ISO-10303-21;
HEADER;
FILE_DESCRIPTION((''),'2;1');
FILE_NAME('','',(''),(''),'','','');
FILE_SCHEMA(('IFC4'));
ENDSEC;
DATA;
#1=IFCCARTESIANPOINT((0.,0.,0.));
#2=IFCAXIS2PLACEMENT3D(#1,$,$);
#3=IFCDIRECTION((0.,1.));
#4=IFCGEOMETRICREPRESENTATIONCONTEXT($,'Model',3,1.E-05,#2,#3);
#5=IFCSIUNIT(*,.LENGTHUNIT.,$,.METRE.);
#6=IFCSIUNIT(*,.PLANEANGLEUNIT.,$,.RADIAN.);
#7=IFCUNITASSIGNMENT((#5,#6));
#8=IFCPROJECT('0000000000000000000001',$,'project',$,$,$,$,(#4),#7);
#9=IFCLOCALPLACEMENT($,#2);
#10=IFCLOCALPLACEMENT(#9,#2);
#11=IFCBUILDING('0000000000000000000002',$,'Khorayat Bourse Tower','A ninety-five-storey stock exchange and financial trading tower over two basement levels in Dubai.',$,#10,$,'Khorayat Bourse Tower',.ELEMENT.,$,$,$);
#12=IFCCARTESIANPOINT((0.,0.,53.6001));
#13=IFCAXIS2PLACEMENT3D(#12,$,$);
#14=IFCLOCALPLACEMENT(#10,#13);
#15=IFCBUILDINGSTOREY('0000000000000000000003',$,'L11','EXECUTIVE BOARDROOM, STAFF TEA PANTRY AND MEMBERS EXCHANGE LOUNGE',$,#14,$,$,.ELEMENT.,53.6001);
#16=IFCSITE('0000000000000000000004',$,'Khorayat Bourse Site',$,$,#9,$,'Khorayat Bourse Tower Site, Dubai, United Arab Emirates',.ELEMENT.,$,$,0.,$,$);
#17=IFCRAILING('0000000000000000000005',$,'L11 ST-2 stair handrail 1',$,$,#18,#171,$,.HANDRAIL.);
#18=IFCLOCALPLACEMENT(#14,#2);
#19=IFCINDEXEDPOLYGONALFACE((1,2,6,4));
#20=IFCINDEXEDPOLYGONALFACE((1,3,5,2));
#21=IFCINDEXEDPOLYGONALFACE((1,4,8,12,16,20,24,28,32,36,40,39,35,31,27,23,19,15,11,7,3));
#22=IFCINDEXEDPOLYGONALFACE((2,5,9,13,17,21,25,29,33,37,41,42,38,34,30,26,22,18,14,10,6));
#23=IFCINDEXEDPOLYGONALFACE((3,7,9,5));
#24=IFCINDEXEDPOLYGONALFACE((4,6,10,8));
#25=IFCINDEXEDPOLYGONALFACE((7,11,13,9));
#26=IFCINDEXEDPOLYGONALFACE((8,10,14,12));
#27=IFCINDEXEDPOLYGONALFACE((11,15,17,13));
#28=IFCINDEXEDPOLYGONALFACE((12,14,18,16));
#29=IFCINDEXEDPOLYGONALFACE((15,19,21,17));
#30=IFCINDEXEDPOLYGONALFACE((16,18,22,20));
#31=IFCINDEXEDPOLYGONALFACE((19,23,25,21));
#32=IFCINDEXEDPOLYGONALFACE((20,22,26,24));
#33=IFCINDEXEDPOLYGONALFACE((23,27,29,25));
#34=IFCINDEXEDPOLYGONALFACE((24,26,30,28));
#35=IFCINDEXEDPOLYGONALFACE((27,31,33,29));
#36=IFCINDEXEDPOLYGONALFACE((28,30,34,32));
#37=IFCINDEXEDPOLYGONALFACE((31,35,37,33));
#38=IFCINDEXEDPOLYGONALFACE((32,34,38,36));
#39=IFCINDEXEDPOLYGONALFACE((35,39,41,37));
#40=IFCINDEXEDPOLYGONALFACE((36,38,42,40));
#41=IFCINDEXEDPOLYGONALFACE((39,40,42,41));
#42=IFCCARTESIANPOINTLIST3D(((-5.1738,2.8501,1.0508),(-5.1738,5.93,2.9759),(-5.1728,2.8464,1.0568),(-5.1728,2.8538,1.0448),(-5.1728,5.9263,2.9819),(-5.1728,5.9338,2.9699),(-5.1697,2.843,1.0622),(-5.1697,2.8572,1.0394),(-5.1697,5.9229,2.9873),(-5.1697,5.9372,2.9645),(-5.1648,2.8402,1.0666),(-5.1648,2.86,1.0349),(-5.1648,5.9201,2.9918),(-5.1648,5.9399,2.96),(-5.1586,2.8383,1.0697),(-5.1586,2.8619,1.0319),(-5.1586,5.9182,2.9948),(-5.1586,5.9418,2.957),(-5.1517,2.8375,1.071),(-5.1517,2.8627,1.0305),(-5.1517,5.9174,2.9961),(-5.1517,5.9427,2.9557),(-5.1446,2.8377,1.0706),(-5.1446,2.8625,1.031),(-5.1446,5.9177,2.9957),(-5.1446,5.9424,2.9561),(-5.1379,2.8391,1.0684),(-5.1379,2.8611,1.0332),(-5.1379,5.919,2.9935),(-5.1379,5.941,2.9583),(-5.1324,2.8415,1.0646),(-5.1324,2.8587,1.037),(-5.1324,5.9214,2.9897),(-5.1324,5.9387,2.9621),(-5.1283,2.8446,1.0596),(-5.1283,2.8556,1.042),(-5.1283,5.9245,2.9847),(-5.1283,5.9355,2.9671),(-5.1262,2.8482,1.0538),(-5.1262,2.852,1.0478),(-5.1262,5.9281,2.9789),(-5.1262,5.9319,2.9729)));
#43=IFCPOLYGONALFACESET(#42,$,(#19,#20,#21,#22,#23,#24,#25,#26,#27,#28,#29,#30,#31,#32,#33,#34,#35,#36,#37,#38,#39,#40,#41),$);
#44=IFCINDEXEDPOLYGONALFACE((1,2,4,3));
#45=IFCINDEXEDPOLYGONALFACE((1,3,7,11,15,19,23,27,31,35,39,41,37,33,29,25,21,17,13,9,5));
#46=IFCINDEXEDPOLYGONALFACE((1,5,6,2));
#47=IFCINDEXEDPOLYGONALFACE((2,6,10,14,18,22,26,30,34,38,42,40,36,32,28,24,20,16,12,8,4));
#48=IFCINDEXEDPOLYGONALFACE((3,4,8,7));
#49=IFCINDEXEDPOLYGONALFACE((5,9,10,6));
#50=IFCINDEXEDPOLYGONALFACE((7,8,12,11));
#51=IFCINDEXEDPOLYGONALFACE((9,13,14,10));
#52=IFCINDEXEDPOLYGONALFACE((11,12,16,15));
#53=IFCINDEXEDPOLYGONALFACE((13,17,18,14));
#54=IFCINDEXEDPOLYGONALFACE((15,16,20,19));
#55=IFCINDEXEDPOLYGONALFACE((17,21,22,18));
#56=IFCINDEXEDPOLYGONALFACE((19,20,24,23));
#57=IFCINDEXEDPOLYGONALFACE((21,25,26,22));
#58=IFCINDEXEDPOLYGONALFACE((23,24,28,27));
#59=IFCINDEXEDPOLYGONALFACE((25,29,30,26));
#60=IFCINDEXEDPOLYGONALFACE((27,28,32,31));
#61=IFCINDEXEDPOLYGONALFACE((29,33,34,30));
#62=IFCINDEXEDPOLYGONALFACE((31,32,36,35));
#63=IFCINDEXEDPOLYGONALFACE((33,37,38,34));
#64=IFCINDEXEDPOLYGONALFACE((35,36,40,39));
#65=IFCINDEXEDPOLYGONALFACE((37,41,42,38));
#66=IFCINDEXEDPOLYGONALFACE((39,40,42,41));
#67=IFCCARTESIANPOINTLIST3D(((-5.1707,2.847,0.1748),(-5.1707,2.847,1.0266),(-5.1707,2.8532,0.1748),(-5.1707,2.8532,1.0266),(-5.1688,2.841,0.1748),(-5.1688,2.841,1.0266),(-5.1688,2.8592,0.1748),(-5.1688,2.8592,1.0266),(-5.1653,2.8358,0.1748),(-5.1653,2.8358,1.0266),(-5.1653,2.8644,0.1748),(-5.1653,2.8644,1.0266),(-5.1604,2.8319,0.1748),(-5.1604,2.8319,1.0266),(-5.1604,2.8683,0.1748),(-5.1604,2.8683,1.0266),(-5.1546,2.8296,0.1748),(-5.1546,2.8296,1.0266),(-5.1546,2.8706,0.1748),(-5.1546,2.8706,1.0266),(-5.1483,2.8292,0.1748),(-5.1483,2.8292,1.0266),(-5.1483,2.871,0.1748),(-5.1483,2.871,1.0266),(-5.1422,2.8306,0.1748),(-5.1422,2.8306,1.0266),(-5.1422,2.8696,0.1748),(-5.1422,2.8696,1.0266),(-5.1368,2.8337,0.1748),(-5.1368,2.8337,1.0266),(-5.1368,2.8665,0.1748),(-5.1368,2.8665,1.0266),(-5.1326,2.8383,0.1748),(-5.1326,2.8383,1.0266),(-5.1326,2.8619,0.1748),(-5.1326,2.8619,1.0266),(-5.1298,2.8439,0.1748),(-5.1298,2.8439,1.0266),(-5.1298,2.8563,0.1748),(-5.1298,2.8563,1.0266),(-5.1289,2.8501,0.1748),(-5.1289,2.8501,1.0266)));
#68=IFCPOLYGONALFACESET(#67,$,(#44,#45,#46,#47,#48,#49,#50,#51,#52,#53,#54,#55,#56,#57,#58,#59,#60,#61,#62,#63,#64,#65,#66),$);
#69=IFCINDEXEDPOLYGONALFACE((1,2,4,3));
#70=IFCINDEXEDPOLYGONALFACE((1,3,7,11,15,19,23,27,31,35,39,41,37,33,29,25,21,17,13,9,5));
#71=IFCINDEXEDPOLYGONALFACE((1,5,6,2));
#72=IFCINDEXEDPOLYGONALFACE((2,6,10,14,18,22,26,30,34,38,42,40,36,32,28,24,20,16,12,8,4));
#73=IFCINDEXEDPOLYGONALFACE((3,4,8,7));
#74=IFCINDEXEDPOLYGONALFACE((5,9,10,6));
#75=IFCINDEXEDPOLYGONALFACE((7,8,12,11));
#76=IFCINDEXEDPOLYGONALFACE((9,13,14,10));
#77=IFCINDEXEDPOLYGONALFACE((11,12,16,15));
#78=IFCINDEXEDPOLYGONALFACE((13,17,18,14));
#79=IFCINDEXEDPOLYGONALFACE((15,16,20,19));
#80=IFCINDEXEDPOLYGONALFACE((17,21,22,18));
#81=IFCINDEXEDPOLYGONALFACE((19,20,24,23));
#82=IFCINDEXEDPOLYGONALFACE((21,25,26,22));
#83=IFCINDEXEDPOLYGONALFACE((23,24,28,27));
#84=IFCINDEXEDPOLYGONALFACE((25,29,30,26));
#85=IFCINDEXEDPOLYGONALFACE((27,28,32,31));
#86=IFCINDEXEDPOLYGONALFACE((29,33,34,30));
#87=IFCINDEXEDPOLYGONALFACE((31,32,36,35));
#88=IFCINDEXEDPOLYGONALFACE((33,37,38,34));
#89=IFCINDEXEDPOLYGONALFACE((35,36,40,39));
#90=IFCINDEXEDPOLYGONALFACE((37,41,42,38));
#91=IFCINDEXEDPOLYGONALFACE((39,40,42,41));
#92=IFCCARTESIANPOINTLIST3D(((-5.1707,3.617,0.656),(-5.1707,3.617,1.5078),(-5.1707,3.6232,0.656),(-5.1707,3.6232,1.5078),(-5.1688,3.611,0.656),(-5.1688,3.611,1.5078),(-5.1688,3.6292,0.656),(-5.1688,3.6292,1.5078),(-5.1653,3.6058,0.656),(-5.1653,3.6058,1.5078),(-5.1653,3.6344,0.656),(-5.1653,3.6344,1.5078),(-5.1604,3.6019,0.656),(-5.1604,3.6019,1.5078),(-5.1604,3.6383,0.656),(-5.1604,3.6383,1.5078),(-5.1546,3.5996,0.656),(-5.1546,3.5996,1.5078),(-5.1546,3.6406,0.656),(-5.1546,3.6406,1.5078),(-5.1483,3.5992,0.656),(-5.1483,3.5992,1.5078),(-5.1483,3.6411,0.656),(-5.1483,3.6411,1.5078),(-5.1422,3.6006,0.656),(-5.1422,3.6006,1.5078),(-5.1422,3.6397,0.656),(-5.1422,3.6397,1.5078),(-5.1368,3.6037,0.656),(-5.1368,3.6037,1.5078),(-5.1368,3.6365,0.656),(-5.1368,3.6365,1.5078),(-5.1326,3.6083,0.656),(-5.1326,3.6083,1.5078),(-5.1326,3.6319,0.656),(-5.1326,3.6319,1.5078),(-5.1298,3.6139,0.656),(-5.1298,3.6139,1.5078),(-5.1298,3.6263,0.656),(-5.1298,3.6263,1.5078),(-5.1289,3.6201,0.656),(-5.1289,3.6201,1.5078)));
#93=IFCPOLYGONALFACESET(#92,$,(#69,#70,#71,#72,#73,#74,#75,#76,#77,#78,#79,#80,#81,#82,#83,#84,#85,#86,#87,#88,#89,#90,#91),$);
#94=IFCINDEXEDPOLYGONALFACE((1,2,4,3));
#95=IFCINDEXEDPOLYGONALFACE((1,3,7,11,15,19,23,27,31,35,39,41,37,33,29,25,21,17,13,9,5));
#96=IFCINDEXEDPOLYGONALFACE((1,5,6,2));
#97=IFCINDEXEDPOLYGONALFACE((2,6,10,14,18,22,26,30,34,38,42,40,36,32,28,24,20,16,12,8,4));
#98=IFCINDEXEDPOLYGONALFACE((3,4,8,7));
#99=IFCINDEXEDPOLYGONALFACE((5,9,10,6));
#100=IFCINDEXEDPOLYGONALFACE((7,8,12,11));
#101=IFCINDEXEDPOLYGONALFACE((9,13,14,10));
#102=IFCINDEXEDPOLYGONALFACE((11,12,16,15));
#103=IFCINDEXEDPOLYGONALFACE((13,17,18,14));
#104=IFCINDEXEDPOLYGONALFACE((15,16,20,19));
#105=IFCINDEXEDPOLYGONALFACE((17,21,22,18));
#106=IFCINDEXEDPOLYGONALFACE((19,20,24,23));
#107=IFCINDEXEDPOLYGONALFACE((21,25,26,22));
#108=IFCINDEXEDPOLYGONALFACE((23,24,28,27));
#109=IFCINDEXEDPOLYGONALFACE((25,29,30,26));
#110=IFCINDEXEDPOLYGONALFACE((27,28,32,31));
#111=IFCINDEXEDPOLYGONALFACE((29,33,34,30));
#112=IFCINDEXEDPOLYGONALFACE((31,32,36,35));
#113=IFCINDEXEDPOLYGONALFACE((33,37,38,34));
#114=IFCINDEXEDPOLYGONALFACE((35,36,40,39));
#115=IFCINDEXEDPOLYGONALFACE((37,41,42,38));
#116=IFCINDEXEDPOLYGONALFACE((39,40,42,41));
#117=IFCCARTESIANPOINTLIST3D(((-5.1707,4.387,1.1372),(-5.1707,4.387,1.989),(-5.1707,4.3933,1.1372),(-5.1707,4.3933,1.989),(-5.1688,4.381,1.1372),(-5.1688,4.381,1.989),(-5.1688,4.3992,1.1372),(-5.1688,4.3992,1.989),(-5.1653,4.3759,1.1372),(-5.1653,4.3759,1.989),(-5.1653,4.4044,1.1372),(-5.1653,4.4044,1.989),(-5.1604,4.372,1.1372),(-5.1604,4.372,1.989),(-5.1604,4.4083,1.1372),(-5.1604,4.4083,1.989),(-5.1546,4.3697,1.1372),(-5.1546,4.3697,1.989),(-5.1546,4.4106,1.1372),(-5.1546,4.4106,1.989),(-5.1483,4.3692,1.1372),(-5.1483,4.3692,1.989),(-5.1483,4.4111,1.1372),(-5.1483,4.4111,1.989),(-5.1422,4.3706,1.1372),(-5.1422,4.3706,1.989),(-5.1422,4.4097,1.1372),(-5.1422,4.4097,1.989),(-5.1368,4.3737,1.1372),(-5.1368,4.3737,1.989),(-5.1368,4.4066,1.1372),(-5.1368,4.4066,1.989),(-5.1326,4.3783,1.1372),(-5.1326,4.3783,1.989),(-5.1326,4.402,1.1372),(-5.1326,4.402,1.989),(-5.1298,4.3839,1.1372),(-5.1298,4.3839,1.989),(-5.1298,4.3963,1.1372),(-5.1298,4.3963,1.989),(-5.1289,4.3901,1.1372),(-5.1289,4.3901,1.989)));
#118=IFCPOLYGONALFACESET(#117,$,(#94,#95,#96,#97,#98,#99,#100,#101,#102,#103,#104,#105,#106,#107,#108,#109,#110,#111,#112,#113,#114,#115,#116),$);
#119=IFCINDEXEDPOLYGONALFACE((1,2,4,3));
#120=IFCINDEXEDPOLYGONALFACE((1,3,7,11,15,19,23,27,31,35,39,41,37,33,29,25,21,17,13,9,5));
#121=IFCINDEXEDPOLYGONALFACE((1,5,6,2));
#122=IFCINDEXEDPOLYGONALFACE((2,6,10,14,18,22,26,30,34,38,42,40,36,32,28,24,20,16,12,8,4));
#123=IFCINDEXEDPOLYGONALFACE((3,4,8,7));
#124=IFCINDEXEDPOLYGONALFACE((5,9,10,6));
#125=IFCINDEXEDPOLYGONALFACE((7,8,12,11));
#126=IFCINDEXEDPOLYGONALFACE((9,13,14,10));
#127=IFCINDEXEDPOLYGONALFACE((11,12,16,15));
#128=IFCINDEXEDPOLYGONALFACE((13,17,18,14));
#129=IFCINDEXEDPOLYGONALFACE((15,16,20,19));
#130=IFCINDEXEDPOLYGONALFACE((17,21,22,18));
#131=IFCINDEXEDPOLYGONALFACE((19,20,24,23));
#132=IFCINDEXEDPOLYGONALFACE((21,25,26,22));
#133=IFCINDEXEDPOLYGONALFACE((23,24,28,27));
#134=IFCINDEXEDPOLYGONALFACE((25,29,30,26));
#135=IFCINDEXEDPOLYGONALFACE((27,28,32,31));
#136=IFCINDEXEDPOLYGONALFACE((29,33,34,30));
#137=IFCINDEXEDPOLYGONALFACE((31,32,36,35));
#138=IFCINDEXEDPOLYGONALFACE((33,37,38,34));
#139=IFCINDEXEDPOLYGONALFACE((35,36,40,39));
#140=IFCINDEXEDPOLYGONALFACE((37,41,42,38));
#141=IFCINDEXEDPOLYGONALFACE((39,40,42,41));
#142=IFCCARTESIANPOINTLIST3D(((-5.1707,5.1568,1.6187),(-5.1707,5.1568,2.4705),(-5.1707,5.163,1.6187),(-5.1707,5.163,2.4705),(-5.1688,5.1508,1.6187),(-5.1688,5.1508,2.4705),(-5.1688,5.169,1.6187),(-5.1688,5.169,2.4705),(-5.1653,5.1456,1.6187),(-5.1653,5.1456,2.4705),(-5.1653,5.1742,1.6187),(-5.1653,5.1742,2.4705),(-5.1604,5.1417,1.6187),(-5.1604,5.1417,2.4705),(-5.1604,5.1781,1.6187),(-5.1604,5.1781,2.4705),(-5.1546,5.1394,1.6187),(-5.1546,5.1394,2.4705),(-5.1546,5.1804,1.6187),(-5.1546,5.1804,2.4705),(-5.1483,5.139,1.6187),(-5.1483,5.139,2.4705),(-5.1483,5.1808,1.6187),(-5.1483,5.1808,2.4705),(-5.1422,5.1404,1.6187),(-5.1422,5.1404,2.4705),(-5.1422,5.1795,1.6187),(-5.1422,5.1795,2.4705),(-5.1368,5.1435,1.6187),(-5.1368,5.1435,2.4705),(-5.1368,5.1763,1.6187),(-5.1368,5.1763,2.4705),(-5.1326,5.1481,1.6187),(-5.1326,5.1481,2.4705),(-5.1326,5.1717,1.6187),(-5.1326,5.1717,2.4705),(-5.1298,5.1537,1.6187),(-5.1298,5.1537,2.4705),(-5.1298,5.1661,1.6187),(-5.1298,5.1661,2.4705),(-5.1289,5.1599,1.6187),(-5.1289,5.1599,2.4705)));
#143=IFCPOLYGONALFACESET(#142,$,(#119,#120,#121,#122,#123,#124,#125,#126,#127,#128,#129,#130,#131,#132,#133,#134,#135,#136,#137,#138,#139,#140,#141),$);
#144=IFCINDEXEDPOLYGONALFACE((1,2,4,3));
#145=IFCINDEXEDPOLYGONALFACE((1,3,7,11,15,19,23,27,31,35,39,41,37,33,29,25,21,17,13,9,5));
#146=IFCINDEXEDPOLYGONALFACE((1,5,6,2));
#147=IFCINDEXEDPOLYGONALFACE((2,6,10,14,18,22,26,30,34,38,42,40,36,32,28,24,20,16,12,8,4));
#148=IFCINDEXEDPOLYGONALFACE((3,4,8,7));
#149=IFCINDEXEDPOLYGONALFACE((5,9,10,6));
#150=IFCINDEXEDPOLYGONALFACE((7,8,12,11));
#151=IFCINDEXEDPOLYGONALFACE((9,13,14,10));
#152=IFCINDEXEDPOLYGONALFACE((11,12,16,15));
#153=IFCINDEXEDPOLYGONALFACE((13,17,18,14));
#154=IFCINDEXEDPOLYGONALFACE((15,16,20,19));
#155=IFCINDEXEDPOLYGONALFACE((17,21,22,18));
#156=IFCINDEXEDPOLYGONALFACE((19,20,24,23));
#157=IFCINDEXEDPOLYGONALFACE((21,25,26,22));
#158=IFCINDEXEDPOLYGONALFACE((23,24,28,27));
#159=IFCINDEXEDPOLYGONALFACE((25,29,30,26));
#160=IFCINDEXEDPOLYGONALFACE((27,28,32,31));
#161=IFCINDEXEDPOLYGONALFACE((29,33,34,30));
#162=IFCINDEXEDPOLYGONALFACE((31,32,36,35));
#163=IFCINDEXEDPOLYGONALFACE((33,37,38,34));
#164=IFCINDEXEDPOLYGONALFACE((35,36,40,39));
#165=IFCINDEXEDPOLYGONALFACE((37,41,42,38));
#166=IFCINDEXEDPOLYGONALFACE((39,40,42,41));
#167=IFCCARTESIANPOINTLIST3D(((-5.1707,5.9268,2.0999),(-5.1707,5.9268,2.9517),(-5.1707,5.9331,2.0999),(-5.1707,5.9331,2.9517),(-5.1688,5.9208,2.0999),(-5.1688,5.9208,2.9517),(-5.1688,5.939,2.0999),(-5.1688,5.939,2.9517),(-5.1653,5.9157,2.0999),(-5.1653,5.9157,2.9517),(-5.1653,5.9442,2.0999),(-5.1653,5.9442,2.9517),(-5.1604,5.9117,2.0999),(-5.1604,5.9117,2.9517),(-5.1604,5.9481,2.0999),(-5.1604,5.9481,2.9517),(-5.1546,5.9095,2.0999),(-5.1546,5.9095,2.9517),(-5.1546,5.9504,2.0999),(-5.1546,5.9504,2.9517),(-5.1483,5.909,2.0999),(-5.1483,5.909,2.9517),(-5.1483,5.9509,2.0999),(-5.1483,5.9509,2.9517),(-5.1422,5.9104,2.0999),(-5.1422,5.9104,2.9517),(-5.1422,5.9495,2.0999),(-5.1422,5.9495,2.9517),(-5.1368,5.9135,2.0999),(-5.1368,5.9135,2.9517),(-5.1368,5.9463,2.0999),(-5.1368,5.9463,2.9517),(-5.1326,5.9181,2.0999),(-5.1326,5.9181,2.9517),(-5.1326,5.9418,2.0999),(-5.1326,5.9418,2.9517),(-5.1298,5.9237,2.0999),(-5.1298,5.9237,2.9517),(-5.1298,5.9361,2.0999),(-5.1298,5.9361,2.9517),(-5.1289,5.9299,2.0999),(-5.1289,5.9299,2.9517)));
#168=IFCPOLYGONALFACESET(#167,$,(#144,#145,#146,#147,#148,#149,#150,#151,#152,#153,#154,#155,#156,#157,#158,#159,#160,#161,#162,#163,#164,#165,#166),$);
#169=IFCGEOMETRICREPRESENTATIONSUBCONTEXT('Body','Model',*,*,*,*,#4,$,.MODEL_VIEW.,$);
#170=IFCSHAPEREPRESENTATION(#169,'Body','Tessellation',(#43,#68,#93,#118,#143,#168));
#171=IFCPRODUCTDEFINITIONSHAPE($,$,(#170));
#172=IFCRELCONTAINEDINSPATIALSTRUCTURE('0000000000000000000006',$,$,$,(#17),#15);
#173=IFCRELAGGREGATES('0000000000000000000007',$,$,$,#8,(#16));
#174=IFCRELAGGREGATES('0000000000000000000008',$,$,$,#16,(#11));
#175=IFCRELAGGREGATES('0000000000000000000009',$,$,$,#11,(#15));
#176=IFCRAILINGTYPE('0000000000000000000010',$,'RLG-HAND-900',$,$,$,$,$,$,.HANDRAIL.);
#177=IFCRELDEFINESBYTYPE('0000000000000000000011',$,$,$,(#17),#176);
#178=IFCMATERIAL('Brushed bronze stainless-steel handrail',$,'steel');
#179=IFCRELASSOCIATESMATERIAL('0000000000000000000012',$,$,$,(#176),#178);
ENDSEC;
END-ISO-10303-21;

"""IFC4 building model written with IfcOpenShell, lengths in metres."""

from ifc_helpers import new_model, si_unit, direction, frame, origin, origin_2d, place, context, subcontext, project, spatial, circle, extrude, source, transform, mapped, material, type_object, element, save


model = new_model("IFC4")

# Units and contexts
model_context = context("Model", 3, precision=1e-05, world=origin(), true_north=direction((0.0, 1.0)))
body_context = subcontext(model_context, "Body", "Model", "MODEL_VIEW")
ifc_project = project(units=[si_unit("LENGTHUNIT", "METRE"), si_unit("PLANEANGLEUNIT", "RADIAN")], contexts=[model_context])

# Site, building, storey
site_placement = place(None, origin())
site = spatial("IfcSite", under=ifc_project, at=site_placement, Name="Khorayat Bourse Site", LongName="Khorayat Bourse Tower Site, Dubai, United Arab Emirates", CompositionType="ELEMENT", RefElevation=0.0)
building_placement = place(site_placement, origin())
building = spatial("IfcBuilding", under=site, at=building_placement, Name="Khorayat Bourse Tower", Description="A ninety-five-storey stock exchange and financial trading tower over two basement levels in Dubai.", LongName="Khorayat Bourse Tower", CompositionType="ELEMENT")
storey_placement = place(building_placement, frame((0.0, 0.0, 53.6001)))
storey = spatial("IfcBuildingStorey", under=building, at=storey_placement, Name="L11", Description="EXECUTIVE BOARDROOM, STAFF TEA PANTRY AND MEMBERS EXCHANGE LOUNGE", CompositionType="ELEMENT", Elevation=53.6001)

# Railing
ifc_material_1 = material(Name="Brushed bronze stainless-steel handrail", Category="steel")
railing_type_1 = type_object("IfcRailingType", Name="RLG-HAND-900", PredefinedType="HANDRAIL", material=ifc_material_1)
shared_shape_1 = source(origin(), body_context, "Body", "SweptSolid", [
    extrude(circle(Radius=0.0239, at=origin_2d()), frame((0.0, 0.0, 0.876), z_axis=(0.0, 0.847979, 0.530029), x_axis=(-1.0, 0.0, 0.0)), (0.0, 0.0, 1.0), 3.6321),
    extrude(circle(Radius=0.021, at=origin_2d()), origin(), (0.0, 0.0, 1.0), 0.8518),
    extrude(circle(Radius=0.021, at=origin_2d()), frame((0.0, 0.77, 0.4812)), (0.0, 0.0, 1.0), 0.8518),
    extrude(circle(Radius=0.021, at=origin_2d()), frame((0.0, 1.54, 0.9624)), (0.0, 0.0, 1.0), 0.8518),
    extrude(circle(Radius=0.021, at=origin_2d()), frame((0.0, 2.3098, 1.4438)), (0.0, 0.0, 1.0), 0.8518),
    extrude(circle(Radius=0.021, at=origin_2d()), frame((0.0, 3.0798, 1.925)), (0.0, 0.0, 1.0), 0.8518),
])
railing_1_placement = place(storey_placement, frame((-5.1499, 2.8501, 0.1748)))
element("IfcRailing", 1, at=railing_1_placement, inside=storey, type_object=railing_type_1, Name="L11 ST-2 stair handrail 1", PredefinedType="HANDRAIL", context=body_context, shape_type="MappedRepresentation", body=[
    mapped(shared_shape_1, transform((0.0, 0.0, 0.0), scale=1.0)),
])

save(model, "model.ifc")
